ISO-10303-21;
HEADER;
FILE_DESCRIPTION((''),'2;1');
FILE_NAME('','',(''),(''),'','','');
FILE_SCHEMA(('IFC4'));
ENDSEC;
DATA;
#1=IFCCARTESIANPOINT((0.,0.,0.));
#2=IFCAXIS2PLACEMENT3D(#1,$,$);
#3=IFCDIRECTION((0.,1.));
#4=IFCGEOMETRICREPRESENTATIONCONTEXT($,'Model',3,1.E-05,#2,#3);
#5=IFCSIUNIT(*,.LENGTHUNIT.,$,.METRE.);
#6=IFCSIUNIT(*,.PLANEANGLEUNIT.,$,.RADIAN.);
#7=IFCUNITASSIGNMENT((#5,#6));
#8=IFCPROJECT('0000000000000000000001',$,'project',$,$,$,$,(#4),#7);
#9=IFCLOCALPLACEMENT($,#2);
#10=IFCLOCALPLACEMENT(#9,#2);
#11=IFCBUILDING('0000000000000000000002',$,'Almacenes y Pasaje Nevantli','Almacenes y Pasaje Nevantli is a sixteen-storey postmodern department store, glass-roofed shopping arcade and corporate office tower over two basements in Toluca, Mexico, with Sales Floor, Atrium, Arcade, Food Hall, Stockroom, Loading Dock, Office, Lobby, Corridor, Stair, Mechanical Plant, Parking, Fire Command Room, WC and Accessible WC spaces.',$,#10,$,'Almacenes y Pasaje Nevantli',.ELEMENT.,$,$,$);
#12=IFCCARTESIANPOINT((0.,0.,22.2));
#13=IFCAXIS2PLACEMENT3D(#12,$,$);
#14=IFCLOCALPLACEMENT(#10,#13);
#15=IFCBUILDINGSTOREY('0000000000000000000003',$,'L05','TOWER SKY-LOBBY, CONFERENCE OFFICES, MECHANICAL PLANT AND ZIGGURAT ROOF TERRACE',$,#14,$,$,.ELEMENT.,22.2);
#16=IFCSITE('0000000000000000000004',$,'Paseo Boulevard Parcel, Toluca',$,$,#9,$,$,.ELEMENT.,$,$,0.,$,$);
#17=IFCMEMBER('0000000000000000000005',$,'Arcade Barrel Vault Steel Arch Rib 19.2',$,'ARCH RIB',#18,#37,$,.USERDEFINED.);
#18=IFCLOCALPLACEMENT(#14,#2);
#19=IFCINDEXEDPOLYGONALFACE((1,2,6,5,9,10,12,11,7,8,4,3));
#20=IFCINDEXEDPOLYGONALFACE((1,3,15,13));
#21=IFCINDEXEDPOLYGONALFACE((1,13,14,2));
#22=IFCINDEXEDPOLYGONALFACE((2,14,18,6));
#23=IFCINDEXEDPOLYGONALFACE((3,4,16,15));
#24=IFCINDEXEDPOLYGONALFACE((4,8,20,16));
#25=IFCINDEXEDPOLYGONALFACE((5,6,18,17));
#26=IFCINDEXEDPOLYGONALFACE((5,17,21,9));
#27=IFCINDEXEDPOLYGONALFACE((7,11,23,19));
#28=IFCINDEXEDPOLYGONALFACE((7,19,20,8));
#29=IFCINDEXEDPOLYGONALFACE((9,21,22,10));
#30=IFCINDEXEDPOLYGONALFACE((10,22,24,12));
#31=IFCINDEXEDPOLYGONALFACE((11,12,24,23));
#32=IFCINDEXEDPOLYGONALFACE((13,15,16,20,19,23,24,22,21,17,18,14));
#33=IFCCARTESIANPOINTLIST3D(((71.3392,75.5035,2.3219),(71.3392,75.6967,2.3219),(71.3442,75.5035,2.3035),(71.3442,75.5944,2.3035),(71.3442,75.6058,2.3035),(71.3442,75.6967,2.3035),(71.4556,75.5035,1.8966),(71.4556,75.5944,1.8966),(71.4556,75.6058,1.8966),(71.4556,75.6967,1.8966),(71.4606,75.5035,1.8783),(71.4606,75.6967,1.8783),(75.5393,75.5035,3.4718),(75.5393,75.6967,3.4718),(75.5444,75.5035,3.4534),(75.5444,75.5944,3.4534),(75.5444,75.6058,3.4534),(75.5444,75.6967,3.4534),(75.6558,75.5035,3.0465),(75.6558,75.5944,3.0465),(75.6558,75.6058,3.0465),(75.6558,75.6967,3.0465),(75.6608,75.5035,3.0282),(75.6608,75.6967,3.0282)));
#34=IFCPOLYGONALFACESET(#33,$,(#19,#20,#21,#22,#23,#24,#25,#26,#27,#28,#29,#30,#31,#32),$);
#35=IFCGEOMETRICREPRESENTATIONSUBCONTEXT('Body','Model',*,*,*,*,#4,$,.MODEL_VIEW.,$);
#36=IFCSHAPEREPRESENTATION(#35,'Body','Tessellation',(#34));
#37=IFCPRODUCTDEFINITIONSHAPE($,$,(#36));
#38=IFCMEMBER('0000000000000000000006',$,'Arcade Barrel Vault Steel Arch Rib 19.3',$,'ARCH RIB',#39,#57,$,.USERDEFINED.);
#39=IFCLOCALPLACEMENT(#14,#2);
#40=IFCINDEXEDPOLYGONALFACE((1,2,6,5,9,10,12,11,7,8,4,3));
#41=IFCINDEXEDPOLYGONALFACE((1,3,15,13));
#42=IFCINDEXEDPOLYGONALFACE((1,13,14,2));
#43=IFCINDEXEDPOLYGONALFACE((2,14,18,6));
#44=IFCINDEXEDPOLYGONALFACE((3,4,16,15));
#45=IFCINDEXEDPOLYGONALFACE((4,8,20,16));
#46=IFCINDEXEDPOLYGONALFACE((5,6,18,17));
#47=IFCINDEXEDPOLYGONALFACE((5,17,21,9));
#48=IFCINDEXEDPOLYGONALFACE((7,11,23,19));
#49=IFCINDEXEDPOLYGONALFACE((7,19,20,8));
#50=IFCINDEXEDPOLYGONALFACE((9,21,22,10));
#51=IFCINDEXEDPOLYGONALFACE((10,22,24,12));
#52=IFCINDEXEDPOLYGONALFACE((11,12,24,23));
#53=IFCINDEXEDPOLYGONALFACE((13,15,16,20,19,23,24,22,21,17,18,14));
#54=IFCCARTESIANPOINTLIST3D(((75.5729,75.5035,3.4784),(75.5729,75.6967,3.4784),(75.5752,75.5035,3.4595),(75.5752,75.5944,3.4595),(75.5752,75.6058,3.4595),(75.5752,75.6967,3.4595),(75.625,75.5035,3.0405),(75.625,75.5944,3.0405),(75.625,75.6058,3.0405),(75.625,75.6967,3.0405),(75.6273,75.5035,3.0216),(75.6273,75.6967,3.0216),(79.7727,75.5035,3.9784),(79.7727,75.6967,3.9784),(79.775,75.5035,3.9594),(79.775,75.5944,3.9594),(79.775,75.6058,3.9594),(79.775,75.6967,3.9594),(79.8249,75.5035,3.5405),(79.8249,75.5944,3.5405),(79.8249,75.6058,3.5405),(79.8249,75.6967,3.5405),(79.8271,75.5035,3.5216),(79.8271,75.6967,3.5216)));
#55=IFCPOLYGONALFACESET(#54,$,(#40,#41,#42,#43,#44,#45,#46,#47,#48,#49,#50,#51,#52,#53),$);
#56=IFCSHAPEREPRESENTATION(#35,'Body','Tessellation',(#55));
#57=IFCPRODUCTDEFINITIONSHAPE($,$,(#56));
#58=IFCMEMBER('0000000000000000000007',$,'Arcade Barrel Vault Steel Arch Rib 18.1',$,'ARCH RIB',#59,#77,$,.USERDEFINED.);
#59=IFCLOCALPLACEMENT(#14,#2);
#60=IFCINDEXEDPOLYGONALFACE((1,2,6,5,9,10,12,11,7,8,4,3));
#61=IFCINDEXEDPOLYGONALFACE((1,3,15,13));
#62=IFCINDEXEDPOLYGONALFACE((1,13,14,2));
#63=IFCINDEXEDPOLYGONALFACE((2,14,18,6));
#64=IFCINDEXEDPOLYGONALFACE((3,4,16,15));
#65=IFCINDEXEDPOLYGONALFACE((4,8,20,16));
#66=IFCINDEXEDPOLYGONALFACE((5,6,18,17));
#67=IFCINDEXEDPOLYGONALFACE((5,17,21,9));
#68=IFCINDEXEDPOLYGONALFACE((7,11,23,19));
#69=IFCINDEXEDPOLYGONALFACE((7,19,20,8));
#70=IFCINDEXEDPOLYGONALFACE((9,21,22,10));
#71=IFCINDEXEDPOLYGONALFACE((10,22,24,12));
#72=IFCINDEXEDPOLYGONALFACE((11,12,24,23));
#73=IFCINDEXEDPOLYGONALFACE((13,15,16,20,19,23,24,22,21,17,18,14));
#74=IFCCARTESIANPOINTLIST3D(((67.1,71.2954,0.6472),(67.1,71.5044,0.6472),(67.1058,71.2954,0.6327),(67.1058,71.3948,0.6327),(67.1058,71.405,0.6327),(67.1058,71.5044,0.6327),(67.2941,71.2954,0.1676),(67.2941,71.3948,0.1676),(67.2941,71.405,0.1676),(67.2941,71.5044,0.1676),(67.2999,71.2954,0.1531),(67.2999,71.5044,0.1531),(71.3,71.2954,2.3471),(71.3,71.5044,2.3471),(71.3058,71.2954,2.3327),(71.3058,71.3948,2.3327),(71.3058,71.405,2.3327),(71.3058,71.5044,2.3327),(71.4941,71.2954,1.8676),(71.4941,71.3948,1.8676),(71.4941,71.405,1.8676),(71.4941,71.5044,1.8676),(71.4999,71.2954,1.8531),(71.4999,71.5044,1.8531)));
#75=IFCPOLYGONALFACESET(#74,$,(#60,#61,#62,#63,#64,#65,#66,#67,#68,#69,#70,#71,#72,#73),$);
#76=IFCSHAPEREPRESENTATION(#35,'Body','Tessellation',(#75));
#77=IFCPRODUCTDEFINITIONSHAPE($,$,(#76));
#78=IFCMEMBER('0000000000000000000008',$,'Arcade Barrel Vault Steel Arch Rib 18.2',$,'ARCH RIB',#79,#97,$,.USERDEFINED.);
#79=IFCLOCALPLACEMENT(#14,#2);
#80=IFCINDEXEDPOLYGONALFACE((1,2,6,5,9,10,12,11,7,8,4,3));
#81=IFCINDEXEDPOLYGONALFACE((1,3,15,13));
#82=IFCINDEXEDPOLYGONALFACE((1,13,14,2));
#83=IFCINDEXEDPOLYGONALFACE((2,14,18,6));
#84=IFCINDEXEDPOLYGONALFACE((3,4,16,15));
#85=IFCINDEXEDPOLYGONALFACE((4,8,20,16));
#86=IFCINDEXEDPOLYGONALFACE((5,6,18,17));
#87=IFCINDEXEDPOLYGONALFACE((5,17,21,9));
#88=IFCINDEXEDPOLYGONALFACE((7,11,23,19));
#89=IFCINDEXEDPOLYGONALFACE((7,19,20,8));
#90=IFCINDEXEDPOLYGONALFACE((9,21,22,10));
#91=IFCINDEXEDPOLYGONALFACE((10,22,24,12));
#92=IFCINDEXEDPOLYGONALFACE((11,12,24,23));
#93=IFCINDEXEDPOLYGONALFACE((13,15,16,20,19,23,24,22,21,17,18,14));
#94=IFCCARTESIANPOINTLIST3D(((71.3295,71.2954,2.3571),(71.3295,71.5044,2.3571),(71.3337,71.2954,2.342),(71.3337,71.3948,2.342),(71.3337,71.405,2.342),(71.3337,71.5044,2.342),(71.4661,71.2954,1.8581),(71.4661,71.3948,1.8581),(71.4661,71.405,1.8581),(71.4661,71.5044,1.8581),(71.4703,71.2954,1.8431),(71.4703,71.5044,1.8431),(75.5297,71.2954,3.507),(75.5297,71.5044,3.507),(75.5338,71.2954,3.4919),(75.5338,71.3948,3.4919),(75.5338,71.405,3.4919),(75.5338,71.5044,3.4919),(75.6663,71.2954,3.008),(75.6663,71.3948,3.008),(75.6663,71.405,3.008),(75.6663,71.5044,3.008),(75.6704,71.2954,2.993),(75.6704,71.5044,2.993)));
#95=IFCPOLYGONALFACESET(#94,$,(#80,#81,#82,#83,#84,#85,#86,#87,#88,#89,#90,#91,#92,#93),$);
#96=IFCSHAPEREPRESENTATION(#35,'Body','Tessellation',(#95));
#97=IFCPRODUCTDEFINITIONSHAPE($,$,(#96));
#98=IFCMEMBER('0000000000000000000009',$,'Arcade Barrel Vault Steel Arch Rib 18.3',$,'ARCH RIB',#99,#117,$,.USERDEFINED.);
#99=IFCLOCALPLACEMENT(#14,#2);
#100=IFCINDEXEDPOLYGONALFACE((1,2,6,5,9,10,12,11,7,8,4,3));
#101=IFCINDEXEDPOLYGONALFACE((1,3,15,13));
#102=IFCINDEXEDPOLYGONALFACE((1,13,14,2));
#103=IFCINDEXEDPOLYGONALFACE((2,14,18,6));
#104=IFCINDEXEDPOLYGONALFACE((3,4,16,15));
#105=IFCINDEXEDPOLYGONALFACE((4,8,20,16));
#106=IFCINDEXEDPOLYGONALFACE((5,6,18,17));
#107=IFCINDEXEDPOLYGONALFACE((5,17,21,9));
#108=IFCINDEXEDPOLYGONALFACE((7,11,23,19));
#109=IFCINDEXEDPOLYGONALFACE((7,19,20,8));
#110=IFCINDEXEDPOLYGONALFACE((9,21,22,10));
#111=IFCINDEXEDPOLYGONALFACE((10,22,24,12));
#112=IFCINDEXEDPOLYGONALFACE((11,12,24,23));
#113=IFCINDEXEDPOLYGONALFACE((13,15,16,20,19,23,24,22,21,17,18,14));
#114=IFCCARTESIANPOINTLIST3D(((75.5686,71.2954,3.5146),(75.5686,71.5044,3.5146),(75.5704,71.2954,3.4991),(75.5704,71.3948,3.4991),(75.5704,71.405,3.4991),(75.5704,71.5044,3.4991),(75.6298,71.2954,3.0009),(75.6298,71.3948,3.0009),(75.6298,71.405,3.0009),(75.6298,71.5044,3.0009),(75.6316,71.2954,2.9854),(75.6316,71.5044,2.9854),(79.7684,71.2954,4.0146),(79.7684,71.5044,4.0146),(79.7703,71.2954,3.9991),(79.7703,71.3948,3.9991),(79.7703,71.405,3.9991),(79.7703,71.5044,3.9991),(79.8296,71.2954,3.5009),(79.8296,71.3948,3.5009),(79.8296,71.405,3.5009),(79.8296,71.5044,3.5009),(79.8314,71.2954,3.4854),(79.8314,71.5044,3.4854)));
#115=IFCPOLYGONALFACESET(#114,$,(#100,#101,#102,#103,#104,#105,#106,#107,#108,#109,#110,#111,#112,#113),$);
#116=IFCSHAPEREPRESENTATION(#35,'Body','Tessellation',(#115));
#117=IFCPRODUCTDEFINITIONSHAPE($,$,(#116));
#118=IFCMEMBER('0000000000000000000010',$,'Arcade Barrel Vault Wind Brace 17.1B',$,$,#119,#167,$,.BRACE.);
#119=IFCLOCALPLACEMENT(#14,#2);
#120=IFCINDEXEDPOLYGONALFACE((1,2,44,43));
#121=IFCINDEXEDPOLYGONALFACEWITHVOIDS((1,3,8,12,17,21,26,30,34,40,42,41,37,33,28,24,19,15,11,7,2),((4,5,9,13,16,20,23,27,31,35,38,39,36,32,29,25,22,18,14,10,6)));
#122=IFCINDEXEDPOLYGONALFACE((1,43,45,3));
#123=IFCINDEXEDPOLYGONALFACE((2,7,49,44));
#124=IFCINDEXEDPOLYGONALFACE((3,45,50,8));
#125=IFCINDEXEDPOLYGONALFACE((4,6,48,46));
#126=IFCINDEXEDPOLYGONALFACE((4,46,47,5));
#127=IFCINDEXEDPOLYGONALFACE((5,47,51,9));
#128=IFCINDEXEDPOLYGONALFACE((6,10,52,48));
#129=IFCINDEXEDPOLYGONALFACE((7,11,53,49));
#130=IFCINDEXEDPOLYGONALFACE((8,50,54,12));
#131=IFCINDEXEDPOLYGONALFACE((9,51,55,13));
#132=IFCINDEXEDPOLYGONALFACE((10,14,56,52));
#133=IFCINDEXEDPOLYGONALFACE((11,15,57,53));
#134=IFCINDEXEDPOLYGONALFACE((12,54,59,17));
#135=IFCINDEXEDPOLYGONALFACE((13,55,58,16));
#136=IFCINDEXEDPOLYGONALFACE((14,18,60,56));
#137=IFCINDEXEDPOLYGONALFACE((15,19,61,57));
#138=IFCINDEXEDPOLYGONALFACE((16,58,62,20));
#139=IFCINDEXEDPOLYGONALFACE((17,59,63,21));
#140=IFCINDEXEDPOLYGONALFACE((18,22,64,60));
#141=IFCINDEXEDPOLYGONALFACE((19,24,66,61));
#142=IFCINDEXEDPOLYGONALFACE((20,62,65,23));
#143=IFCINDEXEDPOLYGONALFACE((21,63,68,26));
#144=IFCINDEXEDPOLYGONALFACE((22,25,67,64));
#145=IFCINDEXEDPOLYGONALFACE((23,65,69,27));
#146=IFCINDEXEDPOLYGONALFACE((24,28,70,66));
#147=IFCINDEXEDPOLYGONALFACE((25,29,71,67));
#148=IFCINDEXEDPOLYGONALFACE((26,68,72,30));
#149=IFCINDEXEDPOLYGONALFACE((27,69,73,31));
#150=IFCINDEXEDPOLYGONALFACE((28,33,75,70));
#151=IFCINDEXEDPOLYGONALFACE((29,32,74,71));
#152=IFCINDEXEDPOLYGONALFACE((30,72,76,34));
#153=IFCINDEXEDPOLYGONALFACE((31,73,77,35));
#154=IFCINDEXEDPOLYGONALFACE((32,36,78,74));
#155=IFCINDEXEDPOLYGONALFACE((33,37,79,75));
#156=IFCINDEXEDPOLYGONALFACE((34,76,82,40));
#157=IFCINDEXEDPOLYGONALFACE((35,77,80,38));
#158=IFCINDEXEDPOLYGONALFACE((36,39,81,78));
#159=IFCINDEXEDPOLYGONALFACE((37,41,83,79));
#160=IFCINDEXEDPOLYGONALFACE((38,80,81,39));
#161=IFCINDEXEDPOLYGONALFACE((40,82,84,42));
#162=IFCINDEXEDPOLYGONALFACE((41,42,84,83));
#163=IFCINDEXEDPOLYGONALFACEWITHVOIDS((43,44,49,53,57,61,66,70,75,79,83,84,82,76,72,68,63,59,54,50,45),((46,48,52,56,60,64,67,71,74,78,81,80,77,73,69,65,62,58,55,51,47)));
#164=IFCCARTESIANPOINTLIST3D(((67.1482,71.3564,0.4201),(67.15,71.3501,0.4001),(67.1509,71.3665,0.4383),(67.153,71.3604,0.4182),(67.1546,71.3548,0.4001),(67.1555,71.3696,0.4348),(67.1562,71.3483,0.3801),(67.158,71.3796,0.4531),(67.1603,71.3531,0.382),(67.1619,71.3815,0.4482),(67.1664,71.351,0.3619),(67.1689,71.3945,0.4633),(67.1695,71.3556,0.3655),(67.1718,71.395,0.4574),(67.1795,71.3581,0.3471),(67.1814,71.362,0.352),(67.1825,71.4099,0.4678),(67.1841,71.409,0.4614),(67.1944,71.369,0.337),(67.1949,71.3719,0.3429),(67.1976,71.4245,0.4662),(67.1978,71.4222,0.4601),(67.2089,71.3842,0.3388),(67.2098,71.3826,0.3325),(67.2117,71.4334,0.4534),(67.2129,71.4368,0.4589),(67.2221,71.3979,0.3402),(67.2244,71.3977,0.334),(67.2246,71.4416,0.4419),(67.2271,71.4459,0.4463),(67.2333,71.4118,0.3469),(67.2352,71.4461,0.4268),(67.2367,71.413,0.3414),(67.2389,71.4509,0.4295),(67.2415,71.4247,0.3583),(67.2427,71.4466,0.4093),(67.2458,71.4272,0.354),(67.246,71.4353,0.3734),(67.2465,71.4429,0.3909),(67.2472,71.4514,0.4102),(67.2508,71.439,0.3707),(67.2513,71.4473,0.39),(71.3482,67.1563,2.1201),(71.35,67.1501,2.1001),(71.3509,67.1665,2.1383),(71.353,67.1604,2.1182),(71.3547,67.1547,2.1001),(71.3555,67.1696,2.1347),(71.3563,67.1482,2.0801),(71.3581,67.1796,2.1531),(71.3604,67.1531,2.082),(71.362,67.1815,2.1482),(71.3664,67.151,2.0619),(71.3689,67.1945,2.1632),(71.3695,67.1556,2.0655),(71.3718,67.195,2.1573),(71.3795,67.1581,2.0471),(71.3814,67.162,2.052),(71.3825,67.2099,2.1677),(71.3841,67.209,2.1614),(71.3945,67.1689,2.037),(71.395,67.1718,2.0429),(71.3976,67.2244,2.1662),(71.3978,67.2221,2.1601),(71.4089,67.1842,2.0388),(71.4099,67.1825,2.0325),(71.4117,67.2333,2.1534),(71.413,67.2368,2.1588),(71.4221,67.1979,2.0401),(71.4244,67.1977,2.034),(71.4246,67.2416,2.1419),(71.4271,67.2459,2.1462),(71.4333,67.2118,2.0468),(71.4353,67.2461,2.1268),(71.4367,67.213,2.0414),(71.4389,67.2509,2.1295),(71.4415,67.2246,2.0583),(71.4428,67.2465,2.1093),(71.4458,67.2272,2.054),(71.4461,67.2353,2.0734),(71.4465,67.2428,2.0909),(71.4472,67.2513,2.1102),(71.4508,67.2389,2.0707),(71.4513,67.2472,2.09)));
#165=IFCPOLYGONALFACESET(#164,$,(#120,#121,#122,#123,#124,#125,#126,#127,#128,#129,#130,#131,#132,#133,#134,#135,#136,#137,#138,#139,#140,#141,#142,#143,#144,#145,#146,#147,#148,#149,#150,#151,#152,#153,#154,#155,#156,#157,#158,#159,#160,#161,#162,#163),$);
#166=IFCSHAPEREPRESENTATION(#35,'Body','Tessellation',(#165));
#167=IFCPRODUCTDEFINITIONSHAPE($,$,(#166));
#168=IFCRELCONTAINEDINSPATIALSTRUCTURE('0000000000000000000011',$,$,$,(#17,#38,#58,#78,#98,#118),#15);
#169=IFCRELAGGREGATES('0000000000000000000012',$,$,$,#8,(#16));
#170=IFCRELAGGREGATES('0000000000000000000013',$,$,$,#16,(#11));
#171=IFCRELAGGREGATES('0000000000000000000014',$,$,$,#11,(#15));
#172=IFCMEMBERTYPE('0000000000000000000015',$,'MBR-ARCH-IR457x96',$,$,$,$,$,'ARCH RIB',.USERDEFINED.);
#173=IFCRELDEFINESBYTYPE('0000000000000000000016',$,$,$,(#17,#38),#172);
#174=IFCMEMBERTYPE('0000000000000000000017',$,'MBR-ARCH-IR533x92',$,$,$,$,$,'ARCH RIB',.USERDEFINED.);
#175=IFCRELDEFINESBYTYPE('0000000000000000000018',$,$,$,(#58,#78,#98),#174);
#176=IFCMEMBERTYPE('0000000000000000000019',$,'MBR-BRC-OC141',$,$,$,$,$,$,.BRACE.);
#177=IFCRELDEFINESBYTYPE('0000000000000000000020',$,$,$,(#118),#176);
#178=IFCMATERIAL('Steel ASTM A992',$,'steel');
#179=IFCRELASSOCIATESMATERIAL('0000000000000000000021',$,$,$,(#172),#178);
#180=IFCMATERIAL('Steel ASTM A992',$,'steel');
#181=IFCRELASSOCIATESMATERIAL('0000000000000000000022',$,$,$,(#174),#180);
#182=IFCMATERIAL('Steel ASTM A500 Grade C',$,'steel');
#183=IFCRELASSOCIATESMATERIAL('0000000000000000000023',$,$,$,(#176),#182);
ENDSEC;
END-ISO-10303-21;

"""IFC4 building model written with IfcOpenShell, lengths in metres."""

from ifc_helpers import new_model, si_unit, direction, frame, origin, origin_2d, place, context, subcontext, project, spatial, hollow_circle, i_section, extrude, material, material_profile, profile_set, type_object, element, save


model = new_model("IFC4")

# Units and contexts
model_context = context("Model", 3, precision=1e-05, world=origin(), true_north=direction((0.0, 1.0)))
body_context = subcontext(model_context, "Body", "Model", "MODEL_VIEW")
ifc_project = project(units=[si_unit("LENGTHUNIT", "METRE"), si_unit("PLANEANGLEUNIT", "RADIAN")], contexts=[model_context])

# Site, building, storey
site_placement = place(None, origin())
site = spatial("IfcSite", under=ifc_project, at=site_placement, Name="Paseo Boulevard Parcel, Toluca", CompositionType="ELEMENT", RefElevation=0.0)
building_placement = place(site_placement, origin())
building = spatial("IfcBuilding", under=site, at=building_placement, Name="Almacenes y Pasaje Nevantli", Description="Almacenes y Pasaje Nevantli is a sixteen-storey postmodern department store, glass-roofed shopping arcade and corporate office tower over two basements in Toluca, Mexico, with Sales Floor, Atrium, Arcade, Food Hall, Stockroom, Loading Dock, Office, Lobby, Corridor, Stair, Mechanical Plant, Parking, Fire Command Room, WC and Accessible WC spaces.", LongName="Almacenes y Pasaje Nevantli", CompositionType="ELEMENT")
storey_placement = place(building_placement, frame((0.0, 0.0, 22.2)))
storey = spatial("IfcBuildingStorey", under=building, at=storey_placement, Name="L05", Description="TOWER SKY-LOBBY, CONFERENCE OFFICES, MECHANICAL PLANT AND ZIGGURAT ROOF TERRACE", CompositionType="ELEMENT", Elevation=22.2)

# Members
ifc_material_1 = material(Name="Steel ASTM A992", Category="steel")
ifc_material_profile_1 = material_profile(ifc_material_1, i_section(OverallWidth=0.1931, OverallDepth=0.46, WebThickness=0.0115, FlangeThickness=0.019, at=origin_2d()), Name="IR 457x96.7")
ifc_profile_set_1 = profile_set([ifc_material_profile_1], Name="Steel ASTM A992")
member_type_1 = type_object("IfcMemberType", Name="MBR-ARCH-IR457x96", ElementType="ARCH RIB", PredefinedType="USERDEFINED", material=ifc_profile_set_1)
member_1_placement = place(storey_placement, frame((71.3999, 75.6001, 2.1001), z_axis=(0.964507, 0.0, 0.264057), x_axis=(0.0, 1.0, 0.0)))
element("IfcMember", 1, at=member_1_placement, inside=storey, type_object=member_type_1, Name="Arcade Barrel Vault Steel Arch Rib 19.2", ObjectType="ARCH RIB", PredefinedType="USERDEFINED", context=body_context, shape_type="SweptSolid", body=[
    extrude(i_section(OverallWidth=0.1931, OverallDepth=0.46, WebThickness=0.0115, FlangeThickness=0.019, at=origin_2d()), origin(), (0.0, 0.0, 1.0), 4.3547),
])
member_2_placement = place(storey_placement, frame((75.6001, 75.6001, 3.25), z_axis=(0.992988, 0.0, 0.118214), x_axis=(0.0, 1.0, 0.0)))
element("IfcMember", 2, at=member_2_placement, inside=storey, type_object=member_type_1, Name="Arcade Barrel Vault Steel Arch Rib 19.3", ObjectType="ARCH RIB", PredefinedType="USERDEFINED", context=body_context, shape_type="SweptSolid", body=[
    extrude(i_section(OverallWidth=0.1931, OverallDepth=0.46, WebThickness=0.0115, FlangeThickness=0.019, at=origin_2d()), origin(), (0.0, 0.0, 1.0), 4.2295),
])
ifc_material_2 = material(Name="Steel ASTM A992", Category="steel")
ifc_material_profile_2 = material_profile(ifc_material_2, i_section(OverallWidth=0.209, OverallDepth=0.533, WebThickness=0.0103, FlangeThickness=0.0156, at=origin_2d()), Name="IR 533x92.5")
ifc_profile_set_2 = profile_set([ifc_material_profile_2], Name="Steel ASTM A992")
member_type_2 = type_object("IfcMemberType", Name="MBR-ARCH-IR533x92", ElementType="ARCH RIB", PredefinedType="USERDEFINED", material=ifc_profile_set_2)
member_3_placement = place(storey_placement, frame((67.2, 71.3999, 0.4001), z_axis=(0.926949, 0.0, 0.375187), x_axis=(0.0, 1.0, 0.0)))
element("IfcMember", 3, at=member_3_placement, inside=storey, type_object=member_type_2, Name="Arcade Barrel Vault Steel Arch Rib 18.1", ObjectType="ARCH RIB", PredefinedType="USERDEFINED", context=body_context, shape_type="SweptSolid", body=[
    extrude(i_section(OverallWidth=0.209, OverallDepth=0.533, WebThickness=0.0103, FlangeThickness=0.0156, at=origin_2d()), origin(), (0.0, 0.0, 1.0), 4.531),
])
member_4_placement = place(storey_placement, frame((71.3999, 71.3999, 2.1001), z_axis=(0.964507, 0.0, 0.264057), x_axis=(0.0, 1.0, 0.0)))
element("IfcMember", 4, at=member_4_placement, inside=storey, type_object=member_type_2, Name="Arcade Barrel Vault Steel Arch Rib 18.2", ObjectType="ARCH RIB", PredefinedType="USERDEFINED", context=body_context, shape_type="SweptSolid", body=[
    extrude(i_section(OverallWidth=0.209, OverallDepth=0.533, WebThickness=0.0103, FlangeThickness=0.0156, at=origin_2d()), origin(), (0.0, 0.0, 1.0), 4.3547),
])
member_5_placement = place(storey_placement, frame((75.6001, 71.3999, 3.25), z_axis=(0.992988, 0.0, 0.118214), x_axis=(0.0, 1.0, 0.0)))
element("IfcMember", 5, at=member_5_placement, inside=storey, type_object=member_type_2, Name="Arcade Barrel Vault Steel Arch Rib 18.3", ObjectType="ARCH RIB", PredefinedType="USERDEFINED", context=body_context, shape_type="SweptSolid", body=[
    extrude(i_section(OverallWidth=0.209, OverallDepth=0.533, WebThickness=0.0103, FlangeThickness=0.0156, at=origin_2d()), origin(), (0.0, 0.0, 1.0), 4.2295),
])
ifc_material_3 = material(Name="Steel ASTM A500 Grade C", Category="steel")
ifc_material_profile_3 = material_profile(ifc_material_3, hollow_circle(Radius=0.0706, WallThickness=0.0066, at=origin_2d()), Name="OC 141x6.6")
ifc_profile_set_3 = profile_set([ifc_material_profile_3], Name="Steel ASTM A500 Grade C")
member_type_3 = type_object("IfcMemberType", Name="MBR-BRC-OC141", PredefinedType="BRACE", material=ifc_profile_set_3)
for number, where, z_axis, x_axis, name in (
    (6, (71.3999, 67.2, 2.1001), (-0.679812, 0.679812, -0.275157), (-0.707107, -0.707107, 0.0), "Arcade Barrel Vault Wind Brace 17.1B"),
):
    element("IfcMember", number, at=place(storey_placement, frame(where, z_axis=z_axis, x_axis=x_axis)), inside=storey, type_object=member_type_3, Name=name, PredefinedType="BRACE", context=body_context, shape_type="SweptSolid", body=[
        extrude(hollow_circle(Radius=0.0706, WallThickness=0.0066, at=origin_2d()), origin(), (0.0, 0.0, 1.0), 6.1782),
    ])

save(model, "model.ifc")
